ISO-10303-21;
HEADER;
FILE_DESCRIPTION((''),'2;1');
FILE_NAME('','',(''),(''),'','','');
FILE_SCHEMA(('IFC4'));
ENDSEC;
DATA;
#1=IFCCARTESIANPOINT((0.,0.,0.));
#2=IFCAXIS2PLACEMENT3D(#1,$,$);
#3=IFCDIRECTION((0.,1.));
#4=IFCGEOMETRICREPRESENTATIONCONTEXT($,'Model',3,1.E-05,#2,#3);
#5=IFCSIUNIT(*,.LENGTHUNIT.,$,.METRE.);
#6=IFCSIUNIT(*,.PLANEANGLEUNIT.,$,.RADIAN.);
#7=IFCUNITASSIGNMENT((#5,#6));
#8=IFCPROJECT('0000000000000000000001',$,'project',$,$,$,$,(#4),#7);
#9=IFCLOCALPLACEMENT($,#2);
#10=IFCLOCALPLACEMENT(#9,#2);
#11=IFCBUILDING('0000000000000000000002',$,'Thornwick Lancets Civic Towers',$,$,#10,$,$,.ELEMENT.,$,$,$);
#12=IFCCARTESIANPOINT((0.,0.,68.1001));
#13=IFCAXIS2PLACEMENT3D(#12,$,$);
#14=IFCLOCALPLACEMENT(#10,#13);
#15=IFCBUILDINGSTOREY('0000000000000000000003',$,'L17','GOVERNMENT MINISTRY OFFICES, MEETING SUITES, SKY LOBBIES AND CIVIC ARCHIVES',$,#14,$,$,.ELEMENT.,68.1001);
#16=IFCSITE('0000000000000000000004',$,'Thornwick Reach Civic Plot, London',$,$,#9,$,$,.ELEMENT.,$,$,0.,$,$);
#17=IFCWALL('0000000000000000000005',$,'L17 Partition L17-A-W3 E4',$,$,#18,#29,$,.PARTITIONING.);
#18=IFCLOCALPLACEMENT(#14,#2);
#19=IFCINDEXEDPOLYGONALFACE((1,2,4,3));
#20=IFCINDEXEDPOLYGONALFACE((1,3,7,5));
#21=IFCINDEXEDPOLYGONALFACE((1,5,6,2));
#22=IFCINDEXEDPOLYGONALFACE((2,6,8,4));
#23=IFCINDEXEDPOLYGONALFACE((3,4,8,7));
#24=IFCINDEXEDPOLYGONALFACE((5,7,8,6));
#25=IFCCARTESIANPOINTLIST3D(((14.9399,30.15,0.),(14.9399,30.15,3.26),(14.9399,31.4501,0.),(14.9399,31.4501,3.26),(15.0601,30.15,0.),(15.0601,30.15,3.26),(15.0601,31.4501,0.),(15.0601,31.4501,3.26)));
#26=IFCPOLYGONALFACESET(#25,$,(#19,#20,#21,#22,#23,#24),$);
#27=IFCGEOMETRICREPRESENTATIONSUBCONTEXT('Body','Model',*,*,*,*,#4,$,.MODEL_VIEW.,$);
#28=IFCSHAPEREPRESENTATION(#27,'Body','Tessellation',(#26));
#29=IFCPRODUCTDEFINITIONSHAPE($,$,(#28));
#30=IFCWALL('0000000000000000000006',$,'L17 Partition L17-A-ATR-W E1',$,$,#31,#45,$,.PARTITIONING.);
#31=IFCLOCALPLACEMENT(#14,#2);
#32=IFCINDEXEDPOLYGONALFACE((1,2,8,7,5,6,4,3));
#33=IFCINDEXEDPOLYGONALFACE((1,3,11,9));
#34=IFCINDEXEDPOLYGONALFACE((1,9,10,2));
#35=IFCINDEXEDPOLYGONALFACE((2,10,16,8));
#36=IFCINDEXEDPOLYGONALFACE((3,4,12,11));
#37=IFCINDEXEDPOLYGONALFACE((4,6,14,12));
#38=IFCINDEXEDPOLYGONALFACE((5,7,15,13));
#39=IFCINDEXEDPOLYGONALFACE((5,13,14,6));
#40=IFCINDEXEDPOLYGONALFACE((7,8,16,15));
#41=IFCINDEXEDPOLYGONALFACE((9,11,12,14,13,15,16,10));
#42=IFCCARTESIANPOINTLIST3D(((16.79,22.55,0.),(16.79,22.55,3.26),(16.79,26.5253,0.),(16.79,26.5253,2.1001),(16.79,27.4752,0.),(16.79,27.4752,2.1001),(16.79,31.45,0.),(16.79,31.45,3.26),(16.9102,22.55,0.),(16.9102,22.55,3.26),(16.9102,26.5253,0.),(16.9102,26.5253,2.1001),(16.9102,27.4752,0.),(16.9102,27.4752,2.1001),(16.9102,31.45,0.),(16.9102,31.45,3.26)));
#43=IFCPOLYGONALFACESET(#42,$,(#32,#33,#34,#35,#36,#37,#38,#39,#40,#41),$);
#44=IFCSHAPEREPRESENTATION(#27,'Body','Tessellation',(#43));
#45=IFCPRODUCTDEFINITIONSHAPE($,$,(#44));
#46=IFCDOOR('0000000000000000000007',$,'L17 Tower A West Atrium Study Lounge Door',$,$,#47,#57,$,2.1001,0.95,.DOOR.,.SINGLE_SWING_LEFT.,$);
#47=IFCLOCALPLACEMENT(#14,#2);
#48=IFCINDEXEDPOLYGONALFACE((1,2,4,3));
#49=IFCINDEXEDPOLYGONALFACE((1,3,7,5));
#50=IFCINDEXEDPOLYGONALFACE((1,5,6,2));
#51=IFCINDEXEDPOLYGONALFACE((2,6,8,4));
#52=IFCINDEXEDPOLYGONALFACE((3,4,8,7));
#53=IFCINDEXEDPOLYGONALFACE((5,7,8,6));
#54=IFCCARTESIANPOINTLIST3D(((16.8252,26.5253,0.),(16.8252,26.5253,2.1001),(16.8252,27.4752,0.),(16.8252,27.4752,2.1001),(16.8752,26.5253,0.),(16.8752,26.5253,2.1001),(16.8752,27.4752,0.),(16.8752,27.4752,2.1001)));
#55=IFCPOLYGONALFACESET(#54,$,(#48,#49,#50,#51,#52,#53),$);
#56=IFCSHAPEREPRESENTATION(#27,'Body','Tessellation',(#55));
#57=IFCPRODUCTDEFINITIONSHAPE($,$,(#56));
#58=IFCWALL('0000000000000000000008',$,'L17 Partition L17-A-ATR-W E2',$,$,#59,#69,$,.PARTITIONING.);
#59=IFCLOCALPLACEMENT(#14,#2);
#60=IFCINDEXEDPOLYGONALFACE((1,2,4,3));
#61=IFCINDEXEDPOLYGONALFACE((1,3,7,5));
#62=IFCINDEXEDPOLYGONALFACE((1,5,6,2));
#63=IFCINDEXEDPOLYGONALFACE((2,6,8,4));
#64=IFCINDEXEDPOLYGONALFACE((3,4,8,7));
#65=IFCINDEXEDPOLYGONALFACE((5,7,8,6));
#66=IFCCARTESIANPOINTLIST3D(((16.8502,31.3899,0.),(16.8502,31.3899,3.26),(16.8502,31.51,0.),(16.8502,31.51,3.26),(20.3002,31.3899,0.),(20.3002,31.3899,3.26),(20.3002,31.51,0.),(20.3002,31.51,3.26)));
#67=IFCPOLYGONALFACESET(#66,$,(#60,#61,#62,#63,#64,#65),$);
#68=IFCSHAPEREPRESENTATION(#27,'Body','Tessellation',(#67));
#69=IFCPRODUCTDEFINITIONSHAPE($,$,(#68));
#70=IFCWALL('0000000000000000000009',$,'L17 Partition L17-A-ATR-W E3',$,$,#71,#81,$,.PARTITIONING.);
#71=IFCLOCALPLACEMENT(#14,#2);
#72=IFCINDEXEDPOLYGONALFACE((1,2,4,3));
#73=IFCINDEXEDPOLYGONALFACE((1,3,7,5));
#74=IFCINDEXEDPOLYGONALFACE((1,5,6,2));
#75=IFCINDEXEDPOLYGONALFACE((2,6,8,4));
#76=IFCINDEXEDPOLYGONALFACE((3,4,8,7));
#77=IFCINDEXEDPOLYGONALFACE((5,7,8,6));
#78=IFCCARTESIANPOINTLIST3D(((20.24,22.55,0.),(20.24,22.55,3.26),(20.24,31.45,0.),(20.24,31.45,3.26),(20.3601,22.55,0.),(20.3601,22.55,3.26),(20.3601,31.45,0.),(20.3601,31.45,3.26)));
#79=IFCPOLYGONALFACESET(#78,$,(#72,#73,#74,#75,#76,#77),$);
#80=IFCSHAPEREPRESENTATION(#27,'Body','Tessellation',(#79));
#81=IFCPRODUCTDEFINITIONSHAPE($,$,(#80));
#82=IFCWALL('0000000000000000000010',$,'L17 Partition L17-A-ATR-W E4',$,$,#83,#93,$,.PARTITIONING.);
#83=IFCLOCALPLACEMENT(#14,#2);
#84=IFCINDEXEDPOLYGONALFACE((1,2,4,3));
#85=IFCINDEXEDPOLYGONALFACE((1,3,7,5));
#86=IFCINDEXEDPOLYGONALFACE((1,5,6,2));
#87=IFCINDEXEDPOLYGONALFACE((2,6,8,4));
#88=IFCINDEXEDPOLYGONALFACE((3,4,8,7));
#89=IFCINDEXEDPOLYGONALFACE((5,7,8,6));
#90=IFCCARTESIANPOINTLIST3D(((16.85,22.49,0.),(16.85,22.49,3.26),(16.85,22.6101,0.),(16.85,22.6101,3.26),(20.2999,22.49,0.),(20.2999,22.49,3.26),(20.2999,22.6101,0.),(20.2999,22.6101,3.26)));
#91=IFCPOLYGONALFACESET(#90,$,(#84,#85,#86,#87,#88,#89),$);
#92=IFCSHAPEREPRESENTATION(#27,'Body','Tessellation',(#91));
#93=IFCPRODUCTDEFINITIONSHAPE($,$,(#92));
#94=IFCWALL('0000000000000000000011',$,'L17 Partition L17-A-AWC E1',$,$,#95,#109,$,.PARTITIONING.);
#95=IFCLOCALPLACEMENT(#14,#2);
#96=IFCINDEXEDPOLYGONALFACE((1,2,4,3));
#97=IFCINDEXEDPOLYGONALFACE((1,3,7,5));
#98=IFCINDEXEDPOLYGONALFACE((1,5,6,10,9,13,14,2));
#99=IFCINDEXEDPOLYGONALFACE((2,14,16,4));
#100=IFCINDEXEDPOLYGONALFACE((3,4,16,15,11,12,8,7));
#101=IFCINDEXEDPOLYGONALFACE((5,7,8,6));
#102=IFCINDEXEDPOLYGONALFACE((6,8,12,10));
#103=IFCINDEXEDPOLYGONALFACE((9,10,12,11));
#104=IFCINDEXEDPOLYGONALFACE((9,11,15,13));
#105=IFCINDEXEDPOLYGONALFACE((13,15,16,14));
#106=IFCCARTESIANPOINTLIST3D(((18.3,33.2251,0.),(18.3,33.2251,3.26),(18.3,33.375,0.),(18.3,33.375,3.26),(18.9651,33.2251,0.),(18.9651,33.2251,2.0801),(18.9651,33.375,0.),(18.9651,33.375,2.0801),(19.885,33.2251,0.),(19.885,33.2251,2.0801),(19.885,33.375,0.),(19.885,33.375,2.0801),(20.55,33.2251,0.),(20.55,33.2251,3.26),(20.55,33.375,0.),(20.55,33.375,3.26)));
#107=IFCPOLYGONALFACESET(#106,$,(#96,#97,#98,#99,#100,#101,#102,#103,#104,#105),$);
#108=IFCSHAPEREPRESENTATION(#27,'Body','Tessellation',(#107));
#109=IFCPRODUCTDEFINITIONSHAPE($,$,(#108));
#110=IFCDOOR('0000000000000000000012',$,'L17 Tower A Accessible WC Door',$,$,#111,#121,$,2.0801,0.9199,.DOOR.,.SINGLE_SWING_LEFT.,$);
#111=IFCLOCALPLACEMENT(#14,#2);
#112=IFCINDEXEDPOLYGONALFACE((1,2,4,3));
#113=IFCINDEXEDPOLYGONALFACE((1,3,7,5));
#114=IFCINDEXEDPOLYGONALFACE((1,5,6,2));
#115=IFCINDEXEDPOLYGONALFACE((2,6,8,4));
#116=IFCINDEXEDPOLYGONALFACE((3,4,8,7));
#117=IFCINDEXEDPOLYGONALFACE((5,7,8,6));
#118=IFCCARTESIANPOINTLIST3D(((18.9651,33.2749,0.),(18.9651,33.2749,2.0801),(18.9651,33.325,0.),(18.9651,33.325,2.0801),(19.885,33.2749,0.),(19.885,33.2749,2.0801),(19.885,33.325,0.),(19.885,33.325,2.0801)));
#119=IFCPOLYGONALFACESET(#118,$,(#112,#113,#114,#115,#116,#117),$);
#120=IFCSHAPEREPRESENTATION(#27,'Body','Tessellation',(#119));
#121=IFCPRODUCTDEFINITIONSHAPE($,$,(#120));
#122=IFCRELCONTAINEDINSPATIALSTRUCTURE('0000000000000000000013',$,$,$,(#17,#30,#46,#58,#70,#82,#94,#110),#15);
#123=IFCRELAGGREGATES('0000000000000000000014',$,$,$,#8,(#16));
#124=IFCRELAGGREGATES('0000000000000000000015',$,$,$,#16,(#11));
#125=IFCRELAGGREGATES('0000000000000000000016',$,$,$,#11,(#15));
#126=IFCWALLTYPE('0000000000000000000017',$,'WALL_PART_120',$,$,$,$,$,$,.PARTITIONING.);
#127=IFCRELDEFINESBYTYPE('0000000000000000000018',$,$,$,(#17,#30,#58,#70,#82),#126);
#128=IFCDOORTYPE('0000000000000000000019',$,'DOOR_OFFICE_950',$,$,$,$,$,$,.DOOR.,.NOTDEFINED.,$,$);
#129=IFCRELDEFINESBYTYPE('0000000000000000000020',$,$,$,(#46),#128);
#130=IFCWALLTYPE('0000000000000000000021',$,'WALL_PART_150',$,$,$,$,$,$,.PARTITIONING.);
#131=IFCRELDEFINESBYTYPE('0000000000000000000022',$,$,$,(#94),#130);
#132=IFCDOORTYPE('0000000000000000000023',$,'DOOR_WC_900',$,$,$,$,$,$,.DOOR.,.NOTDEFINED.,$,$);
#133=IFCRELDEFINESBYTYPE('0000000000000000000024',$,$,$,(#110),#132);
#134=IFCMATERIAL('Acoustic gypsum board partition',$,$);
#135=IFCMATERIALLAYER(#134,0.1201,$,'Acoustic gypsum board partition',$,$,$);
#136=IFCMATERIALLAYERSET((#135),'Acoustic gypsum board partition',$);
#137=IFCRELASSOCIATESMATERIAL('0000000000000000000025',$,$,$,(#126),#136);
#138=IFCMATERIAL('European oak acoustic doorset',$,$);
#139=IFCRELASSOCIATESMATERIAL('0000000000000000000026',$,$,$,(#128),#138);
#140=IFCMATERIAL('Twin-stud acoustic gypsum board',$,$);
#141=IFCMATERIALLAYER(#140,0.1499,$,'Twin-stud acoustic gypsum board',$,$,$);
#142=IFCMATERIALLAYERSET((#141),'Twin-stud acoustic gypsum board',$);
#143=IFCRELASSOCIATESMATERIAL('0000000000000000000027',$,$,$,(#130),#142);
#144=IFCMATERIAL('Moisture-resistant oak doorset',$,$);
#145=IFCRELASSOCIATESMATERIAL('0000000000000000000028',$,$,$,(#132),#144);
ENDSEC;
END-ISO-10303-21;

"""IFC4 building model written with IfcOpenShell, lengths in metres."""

from ifc_helpers import new_model, si_unit, direction, frame, frame_2d, origin, place, context, subcontext, project, spatial, rectangle, extrude, material, layer, layer_set, type_object, element, fill, save


model = new_model("IFC4")

# Units and contexts
model_context = context("Model", 3, precision=1e-05, world=origin(), true_north=direction((0.0, 1.0)))
body_context = subcontext(model_context, "Body", "Model", "MODEL_VIEW")
ifc_project = project(units=[si_unit("LENGTHUNIT", "METRE"), si_unit("PLANEANGLEUNIT", "RADIAN")], contexts=[model_context])

# Site, building, storey
site_placement = place(None, origin())
site = spatial("IfcSite", under=ifc_project, at=site_placement, Name="Thornwick Reach Civic Plot, London", CompositionType="ELEMENT", RefElevation=0.0)
building_placement = place(site_placement, origin())
building = spatial("IfcBuilding", under=site, at=building_placement, Name="Thornwick Lancets Civic Towers", CompositionType="ELEMENT")
storey_placement = place(building_placement, frame((0.0, 0.0, 68.1001)))
storey = spatial("IfcBuildingStorey", under=building, at=storey_placement, Name="L17", Description="GOVERNMENT MINISTRY OFFICES, MEETING SUITES, SKY LOBBIES AND CIVIC ARCHIVES", CompositionType="ELEMENT", Elevation=68.1001)

# Wall
ifc_material_1 = material(Name="Acoustic gypsum board partition")
ifc_layer_1 = layer(ifc_material_1, 0.1201, Name="Acoustic gypsum board partition")
ifc_layer_set_1 = layer_set([ifc_layer_1], Name="Acoustic gypsum board partition")
wall_type_1 = type_object("IfcWallType", Name="WALL_PART_120", PredefinedType="PARTITIONING", material=ifc_layer_set_1)
wall_1_placement = place(storey_placement, frame((15.0, 31.45, 0.0), z_axis=(0.0, 0.0, 1.0), x_axis=(0.0, -1.0, 0.0)))
element("IfcWall", 1, at=wall_1_placement, inside=storey, type_object=wall_type_1, Name="L17 Partition L17-A-W3 E4", PredefinedType="PARTITIONING", context=body_context, shape_type="SweptSolid", body=[
    extrude(rectangle(XDim=1.3, YDim=0.1201, at=frame_2d((0.6499, 0.0))), origin(), (0.0, 0.0, 1.0), 3.26),
])

# Wall, opening, door
wall_2_placement = place(storey_placement, frame((16.8501, 22.55, 0.0), z_axis=(0.0, 0.0, 1.0), x_axis=(0.0, 1.0, 0.0)))
wall_2 = element("IfcWall", 2, at=wall_2_placement, inside=storey, type_object=wall_type_1, Name="L17 Partition L17-A-ATR-W E1", PredefinedType="PARTITIONING", context=body_context, shape_type="SweptSolid", body=[
    extrude(rectangle(XDim=8.8999, YDim=0.1201, at=frame_2d((4.45, 0.0))), origin(), (0.0, 0.0, 1.0), 3.26),
])
opening_1_placement = place(wall_2_placement, frame((3.9751, 0.0, 0.0)))
opening_1 = element("IfcOpeningElement", 3, at=opening_1_placement, cuts=wall_2, PredefinedType="OPENING", context=body_context, shape_type="SweptSolid", body=[
    extrude(rectangle(XDim=0.95, YDim=2.1001, at=frame_2d((0.4751, 1.05))), frame((0.0, 0.0701, 0.0), z_axis=(0.0, -1.0, 0.0), x_axis=(1.0, 0.0, 0.0)), (0.0, 0.0, 1.0), 0.1401),
])
ifc_material_2 = material(Name="European oak acoustic doorset")
door_type_1 = type_object("IfcDoorType", Name="DOOR_OFFICE_950", OperationType="NOTDEFINED", PredefinedType="DOOR", material=ifc_material_2)
door_1_placement = place(opening_1_placement, origin())
door_1 = element("IfcDoor", 4, at=door_1_placement, inside=storey, type_object=door_type_1, Name="L17 Tower A West Atrium Study Lounge Door", OperationType="SINGLE_SWING_LEFT", OverallHeight=2.1001, OverallWidth=0.95, PredefinedType="DOOR", context=body_context, shape_type="SweptSolid", body=[
    extrude(rectangle(XDim=0.95, YDim=2.1001, at=frame_2d((0.4751, 1.05))), frame((0.0, 0.0249, 0.0), z_axis=(0.0, -1.0, 0.0), x_axis=(1.0, 0.0, 0.0)), (0.0, 0.0, 1.0), 0.05),
])
fill(opening_1, door_1)

# Walls
wall_3_placement = place(storey_placement, frame((16.8501, 31.45, 0.0), z_axis=(0.0, 0.0, 1.0), x_axis=(1.0, 0.0, 0.0)))
element("IfcWall", 5, at=wall_3_placement, inside=storey, type_object=wall_type_1, Name="L17 Partition L17-A-ATR-W E2", PredefinedType="PARTITIONING", context=body_context, shape_type="SweptSolid", body=[
    extrude(rectangle(XDim=3.45, YDim=0.1201, at=frame_2d((1.7251, 0.0))), origin(), (0.0, 0.0, 1.0), 3.26),
])
wall_4_placement = place(storey_placement, frame((20.3, 31.45, 0.0), z_axis=(0.0, 0.0, 1.0), x_axis=(0.0, -1.0, 0.0)))
element("IfcWall", 6, at=wall_4_placement, inside=storey, type_object=wall_type_1, Name="L17 Partition L17-A-ATR-W E3", PredefinedType="PARTITIONING", context=body_context, shape_type="SweptSolid", body=[
    extrude(rectangle(XDim=8.8999, YDim=0.1201, at=frame_2d((4.45, 0.0))), origin(), (0.0, 0.0, 1.0), 3.26),
])
wall_5_placement = place(storey_placement, frame((20.3, 22.55, 0.0), z_axis=(0.0, 0.0, 1.0), x_axis=(-1.0, 0.0, 0.0)))
element("IfcWall", 7, at=wall_5_placement, inside=storey, type_object=wall_type_1, Name="L17 Partition L17-A-ATR-W E4", PredefinedType="PARTITIONING", context=body_context, shape_type="SweptSolid", body=[
    extrude(rectangle(XDim=3.45, YDim=0.1201, at=frame_2d((1.7251, 0.0))), origin(), (0.0, 0.0, 1.0), 3.26),
])

# Wall, opening, door
ifc_material_3 = material(Name="Twin-stud acoustic gypsum board")
ifc_layer_2 = layer(ifc_material_3, 0.1499, Name="Twin-stud acoustic gypsum board")
ifc_layer_set_2 = layer_set([ifc_layer_2], Name="Twin-stud acoustic gypsum board")
wall_type_2 = type_object("IfcWallType", Name="WALL_PART_150", PredefinedType="PARTITIONING", material=ifc_layer_set_2)
wall_6_placement = place(storey_placement, frame((18.3, 33.3, 0.0), z_axis=(0.0, 0.0, 1.0), x_axis=(1.0, 0.0, 0.0)))
wall_6 = element("IfcWall", 8, at=wall_6_placement, inside=storey, type_object=wall_type_2, Name="L17 Partition L17-A-AWC E1", PredefinedType="PARTITIONING", context=body_context, shape_type="SweptSolid", body=[
    extrude(rectangle(XDim=2.25, YDim=0.1499, at=frame_2d((1.125, 0.0))), origin(), (0.0, 0.0, 1.0), 3.26),
])
opening_2_placement = place(wall_6_placement, frame((0.665, 0.0, 0.0)))
opening_2 = element("IfcOpeningElement", 9, at=opening_2_placement, cuts=wall_6, PredefinedType="OPENING", context=body_context, shape_type="SweptSolid", body=[
    extrude(rectangle(XDim=0.9199, YDim=2.0801, at=frame_2d((0.46, 1.04))), frame((0.0, 0.085, 0.0), z_axis=(0.0, -1.0, 0.0), x_axis=(1.0, 0.0, 0.0)), (0.0, 0.0, 1.0), 0.1699),
])
ifc_material_4 = material(Name="Moisture-resistant oak doorset")
door_type_2 = type_object("IfcDoorType", Name="DOOR_WC_900", OperationType="NOTDEFINED", PredefinedType="DOOR", material=ifc_material_4)
door_2_placement = place(opening_2_placement, origin())
door_2 = element("IfcDoor", 10, at=door_2_placement, inside=storey, type_object=door_type_2, Name="L17 Tower A Accessible WC Door", OperationType="SINGLE_SWING_LEFT", OverallHeight=2.0801, OverallWidth=0.9199, PredefinedType="DOOR", context=body_context, shape_type="SweptSolid", body=[
    extrude(rectangle(XDim=0.9199, YDim=2.0801, at=frame_2d((0.46, 1.04))), frame((0.0, 0.0249, 0.0), z_axis=(0.0, -1.0, 0.0), x_axis=(1.0, 0.0, 0.0)), (0.0, 0.0, 1.0), 0.05),
])
fill(opening_2, door_2)

save(model, "model.ifc")
